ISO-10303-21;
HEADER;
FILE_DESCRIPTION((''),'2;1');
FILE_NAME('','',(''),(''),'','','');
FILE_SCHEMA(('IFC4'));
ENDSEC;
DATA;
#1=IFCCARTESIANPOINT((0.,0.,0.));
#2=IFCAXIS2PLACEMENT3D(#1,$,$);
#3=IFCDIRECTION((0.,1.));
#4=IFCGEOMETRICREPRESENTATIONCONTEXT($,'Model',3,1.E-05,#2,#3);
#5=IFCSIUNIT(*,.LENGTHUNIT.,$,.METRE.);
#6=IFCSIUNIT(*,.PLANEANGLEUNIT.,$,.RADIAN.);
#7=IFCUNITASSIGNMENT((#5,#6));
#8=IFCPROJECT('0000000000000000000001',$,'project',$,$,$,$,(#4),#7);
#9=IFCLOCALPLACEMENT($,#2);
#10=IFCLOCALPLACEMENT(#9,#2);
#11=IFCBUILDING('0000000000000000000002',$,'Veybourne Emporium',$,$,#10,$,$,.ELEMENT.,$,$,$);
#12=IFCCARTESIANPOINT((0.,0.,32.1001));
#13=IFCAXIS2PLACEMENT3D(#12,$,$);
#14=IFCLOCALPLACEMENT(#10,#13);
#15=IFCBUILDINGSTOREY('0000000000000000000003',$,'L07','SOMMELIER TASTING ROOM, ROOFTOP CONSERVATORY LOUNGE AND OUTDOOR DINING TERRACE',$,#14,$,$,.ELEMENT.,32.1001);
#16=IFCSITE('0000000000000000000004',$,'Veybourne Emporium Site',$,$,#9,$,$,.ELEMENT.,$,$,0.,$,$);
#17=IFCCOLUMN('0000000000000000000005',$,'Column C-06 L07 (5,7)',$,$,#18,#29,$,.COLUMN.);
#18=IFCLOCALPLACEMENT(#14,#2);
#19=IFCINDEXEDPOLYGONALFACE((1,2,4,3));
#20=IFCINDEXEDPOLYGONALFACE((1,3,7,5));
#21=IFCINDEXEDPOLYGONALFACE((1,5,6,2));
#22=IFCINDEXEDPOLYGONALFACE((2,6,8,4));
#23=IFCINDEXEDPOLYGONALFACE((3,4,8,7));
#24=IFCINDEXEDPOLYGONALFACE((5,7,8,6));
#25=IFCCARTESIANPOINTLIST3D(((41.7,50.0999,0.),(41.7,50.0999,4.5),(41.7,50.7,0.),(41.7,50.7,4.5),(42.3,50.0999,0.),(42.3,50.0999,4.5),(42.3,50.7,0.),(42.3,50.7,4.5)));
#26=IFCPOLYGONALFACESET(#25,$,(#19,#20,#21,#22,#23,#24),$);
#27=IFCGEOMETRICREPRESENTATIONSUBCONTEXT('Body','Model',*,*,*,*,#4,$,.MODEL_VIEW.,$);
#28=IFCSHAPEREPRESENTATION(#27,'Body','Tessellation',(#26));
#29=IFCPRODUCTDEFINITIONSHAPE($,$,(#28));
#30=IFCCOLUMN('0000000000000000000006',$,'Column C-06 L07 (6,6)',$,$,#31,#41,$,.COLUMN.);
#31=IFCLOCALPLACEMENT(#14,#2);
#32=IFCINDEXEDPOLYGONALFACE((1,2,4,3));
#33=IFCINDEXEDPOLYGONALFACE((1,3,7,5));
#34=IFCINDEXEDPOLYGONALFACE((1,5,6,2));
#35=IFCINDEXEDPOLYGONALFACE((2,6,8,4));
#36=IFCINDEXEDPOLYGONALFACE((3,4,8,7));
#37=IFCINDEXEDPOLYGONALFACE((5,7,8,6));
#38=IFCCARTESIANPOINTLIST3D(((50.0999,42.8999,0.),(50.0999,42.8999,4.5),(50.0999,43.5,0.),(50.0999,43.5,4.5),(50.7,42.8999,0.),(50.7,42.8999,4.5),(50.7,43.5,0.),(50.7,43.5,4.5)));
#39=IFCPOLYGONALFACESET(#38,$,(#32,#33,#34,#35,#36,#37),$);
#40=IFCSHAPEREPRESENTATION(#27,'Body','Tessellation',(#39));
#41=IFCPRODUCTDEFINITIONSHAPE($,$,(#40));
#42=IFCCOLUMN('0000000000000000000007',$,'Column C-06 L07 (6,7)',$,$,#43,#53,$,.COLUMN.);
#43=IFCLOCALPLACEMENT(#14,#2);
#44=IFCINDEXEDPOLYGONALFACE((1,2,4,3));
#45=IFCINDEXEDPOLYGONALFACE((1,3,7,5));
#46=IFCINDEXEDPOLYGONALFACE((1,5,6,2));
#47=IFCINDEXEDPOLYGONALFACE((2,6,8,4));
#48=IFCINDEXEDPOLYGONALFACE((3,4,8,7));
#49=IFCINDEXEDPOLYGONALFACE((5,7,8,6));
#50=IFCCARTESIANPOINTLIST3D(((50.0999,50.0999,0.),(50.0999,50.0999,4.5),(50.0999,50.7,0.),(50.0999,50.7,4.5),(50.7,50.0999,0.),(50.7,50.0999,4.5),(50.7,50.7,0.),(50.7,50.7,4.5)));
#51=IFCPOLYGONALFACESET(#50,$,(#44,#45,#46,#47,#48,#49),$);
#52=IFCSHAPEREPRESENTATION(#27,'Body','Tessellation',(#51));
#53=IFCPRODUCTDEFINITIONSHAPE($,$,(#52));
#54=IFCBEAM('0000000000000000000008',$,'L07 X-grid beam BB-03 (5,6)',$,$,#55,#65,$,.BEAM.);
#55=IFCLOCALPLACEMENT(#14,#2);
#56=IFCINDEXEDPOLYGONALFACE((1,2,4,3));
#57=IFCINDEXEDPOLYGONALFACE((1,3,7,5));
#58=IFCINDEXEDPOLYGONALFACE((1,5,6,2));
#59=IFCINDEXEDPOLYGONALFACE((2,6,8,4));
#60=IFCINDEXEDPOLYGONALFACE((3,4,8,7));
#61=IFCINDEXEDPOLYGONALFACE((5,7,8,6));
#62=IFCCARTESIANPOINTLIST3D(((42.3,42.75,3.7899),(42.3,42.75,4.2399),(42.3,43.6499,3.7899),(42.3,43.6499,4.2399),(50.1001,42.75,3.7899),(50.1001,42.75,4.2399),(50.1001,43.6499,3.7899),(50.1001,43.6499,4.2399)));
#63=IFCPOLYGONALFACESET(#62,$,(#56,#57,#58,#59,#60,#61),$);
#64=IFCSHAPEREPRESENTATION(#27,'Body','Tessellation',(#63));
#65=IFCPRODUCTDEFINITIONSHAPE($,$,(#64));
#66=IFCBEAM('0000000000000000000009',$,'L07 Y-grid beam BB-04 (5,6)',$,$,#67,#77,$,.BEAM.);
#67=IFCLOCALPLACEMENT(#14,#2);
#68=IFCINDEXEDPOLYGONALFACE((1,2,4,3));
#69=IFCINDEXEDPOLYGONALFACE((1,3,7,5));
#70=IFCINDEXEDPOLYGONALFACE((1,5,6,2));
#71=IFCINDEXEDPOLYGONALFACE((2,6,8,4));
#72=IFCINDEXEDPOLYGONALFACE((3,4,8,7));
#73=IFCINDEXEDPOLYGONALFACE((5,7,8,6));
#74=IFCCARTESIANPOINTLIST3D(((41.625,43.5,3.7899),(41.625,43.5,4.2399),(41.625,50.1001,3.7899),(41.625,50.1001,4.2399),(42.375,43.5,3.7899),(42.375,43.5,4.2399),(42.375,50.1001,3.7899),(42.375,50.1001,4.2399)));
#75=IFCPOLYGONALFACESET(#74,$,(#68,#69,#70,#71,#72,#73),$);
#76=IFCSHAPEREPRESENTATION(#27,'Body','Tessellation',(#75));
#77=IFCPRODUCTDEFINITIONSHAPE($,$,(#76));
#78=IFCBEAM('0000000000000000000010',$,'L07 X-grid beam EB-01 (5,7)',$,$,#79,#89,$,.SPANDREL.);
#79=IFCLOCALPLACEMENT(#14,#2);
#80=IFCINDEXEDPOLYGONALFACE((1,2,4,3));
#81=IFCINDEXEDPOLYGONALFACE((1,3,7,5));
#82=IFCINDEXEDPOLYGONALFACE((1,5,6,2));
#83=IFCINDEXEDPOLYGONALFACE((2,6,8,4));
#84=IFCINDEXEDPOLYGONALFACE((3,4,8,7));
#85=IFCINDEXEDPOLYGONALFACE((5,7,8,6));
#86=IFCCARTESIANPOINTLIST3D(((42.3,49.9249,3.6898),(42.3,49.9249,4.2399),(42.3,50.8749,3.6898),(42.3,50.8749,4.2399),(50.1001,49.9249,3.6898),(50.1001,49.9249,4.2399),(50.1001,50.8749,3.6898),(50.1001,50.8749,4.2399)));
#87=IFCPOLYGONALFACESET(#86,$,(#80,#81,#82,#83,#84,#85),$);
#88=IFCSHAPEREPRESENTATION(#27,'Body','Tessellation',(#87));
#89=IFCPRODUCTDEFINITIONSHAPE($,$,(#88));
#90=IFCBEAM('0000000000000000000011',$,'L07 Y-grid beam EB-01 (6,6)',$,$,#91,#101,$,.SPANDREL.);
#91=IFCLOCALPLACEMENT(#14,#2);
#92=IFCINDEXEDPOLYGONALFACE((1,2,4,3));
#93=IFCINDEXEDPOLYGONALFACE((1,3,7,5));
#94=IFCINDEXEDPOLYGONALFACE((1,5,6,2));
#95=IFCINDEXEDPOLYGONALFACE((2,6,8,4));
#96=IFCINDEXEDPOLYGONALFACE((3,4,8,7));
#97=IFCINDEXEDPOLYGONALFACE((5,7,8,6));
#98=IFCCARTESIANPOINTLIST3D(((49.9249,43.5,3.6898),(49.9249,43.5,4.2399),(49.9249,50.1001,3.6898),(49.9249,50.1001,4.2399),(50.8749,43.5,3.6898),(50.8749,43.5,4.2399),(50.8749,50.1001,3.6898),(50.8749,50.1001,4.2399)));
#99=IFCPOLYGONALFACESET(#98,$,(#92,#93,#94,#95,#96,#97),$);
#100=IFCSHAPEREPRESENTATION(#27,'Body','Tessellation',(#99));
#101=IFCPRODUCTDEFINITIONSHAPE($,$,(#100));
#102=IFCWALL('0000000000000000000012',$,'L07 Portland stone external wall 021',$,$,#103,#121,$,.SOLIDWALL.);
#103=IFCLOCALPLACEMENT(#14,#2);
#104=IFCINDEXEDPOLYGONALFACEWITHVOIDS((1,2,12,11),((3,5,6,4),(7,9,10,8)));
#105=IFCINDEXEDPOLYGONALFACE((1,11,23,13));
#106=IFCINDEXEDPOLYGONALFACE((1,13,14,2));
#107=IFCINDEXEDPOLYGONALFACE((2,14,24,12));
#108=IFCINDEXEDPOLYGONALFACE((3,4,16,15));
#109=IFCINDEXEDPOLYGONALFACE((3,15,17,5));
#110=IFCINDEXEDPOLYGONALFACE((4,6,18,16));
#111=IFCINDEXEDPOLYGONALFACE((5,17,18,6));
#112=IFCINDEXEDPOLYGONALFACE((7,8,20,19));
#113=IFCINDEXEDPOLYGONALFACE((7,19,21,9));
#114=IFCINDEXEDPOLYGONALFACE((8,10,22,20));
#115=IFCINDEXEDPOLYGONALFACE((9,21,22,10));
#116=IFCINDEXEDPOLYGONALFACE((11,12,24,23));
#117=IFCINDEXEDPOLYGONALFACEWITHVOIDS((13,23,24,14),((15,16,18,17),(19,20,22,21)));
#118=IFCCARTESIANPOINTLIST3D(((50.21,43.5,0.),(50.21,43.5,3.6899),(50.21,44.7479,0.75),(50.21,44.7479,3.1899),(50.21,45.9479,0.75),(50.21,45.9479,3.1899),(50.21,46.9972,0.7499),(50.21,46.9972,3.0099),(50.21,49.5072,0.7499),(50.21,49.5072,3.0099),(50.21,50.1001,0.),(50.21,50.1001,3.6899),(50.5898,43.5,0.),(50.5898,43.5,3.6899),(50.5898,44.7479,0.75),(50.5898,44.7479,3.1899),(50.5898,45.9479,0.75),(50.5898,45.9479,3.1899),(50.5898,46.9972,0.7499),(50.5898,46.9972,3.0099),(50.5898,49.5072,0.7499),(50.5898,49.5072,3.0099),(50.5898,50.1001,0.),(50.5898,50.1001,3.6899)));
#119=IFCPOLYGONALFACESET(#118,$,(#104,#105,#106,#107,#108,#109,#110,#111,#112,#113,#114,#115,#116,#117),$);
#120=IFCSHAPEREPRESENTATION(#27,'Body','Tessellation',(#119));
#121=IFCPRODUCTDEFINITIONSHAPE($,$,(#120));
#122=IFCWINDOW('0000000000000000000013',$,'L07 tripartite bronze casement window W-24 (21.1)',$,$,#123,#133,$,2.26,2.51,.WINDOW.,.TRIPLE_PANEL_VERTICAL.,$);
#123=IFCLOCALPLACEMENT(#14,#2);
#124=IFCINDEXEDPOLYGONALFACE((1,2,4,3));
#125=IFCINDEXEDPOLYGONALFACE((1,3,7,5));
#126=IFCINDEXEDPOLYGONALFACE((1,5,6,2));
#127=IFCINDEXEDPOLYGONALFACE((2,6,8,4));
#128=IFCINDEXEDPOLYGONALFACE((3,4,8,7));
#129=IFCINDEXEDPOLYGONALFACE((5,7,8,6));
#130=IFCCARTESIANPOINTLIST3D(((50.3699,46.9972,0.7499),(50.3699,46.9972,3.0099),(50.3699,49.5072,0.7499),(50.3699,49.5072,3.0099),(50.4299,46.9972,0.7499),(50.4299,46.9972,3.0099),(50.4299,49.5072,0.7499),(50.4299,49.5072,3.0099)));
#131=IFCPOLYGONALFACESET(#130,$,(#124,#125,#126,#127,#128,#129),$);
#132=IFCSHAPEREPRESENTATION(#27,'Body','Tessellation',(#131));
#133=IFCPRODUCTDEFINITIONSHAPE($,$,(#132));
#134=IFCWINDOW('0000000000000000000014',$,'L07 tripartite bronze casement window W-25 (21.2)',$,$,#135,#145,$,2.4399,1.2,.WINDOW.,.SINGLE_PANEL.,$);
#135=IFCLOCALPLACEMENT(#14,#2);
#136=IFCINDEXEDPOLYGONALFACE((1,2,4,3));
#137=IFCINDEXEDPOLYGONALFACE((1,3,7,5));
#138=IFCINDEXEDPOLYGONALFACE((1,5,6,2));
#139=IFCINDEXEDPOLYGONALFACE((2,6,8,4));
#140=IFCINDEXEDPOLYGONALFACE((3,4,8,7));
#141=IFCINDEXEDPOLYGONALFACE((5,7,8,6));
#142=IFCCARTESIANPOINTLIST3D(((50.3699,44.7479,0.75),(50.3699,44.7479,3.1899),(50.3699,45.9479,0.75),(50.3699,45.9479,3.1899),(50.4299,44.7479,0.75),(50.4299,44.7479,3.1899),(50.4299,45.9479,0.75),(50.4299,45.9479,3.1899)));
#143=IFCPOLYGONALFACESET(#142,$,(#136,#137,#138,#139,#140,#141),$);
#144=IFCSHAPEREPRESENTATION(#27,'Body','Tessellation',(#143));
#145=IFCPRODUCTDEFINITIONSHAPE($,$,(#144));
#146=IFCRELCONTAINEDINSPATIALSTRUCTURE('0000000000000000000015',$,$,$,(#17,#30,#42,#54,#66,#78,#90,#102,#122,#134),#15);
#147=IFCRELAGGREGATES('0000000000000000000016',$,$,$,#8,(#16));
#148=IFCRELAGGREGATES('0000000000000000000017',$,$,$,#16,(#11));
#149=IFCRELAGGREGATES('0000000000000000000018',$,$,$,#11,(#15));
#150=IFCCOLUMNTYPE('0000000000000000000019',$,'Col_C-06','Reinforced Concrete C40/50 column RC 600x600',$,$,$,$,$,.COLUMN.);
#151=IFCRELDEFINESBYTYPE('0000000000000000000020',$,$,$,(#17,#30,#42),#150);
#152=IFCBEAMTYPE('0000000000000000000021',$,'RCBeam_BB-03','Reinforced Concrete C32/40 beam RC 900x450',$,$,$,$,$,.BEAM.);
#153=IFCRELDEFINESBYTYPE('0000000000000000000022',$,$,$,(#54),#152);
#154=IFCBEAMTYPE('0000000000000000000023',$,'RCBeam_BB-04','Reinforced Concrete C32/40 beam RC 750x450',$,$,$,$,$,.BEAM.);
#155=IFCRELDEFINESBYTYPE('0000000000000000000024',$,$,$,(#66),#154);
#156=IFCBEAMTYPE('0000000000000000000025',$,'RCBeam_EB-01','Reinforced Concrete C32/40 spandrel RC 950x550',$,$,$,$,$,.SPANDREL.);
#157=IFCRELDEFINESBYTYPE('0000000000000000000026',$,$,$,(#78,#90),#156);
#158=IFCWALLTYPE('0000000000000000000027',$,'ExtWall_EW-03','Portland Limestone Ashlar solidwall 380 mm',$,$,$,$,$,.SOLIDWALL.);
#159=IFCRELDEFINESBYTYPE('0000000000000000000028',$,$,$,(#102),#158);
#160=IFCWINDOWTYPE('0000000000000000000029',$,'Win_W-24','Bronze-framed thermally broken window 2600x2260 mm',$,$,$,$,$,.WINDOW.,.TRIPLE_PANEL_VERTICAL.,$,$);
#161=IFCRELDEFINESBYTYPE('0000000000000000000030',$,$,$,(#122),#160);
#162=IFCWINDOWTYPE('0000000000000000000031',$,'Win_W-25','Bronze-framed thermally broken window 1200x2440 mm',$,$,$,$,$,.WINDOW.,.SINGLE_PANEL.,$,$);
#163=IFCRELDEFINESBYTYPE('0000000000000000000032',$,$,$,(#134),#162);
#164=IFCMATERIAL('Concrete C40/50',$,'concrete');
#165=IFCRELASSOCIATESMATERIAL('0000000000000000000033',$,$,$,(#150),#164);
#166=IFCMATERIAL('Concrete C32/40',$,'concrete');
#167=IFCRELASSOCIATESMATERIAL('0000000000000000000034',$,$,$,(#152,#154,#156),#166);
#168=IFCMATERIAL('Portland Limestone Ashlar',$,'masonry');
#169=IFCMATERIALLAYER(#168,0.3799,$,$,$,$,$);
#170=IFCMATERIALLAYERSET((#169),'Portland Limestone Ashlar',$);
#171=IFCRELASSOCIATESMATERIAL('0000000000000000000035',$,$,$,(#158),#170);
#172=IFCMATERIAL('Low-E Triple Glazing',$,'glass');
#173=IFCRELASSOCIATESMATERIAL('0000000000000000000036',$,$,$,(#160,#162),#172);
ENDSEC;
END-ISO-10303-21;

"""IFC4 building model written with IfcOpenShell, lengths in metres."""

from ifc_helpers import new_model, si_unit, direction, frame, frame_2d, origin, origin_2d, place, context, subcontext, project, spatial, rectangle, extrude, material, layer, layer_set, material_profile, profile_set, type_object, element, fill, save


model = new_model("IFC4")

# Units and contexts
model_context = context("Model", 3, precision=1e-05, world=origin(), true_north=direction((0.0, 1.0)))
body_context = subcontext(model_context, "Body", "Model", "MODEL_VIEW")
ifc_project = project(units=[si_unit("LENGTHUNIT", "METRE"), si_unit("PLANEANGLEUNIT", "RADIAN")], contexts=[model_context])

# Site, building, storey
site_placement = place(None, origin())
site = spatial("IfcSite", under=ifc_project, at=site_placement, Name="Veybourne Emporium Site", CompositionType="ELEMENT", RefElevation=0.0)
building_placement = place(site_placement, origin())
building = spatial("IfcBuilding", under=site, at=building_placement, Name="Veybourne Emporium", CompositionType="ELEMENT")
storey_placement = place(building_placement, frame((0.0, 0.0, 32.1001)))
storey = spatial("IfcBuildingStorey", under=building, at=storey_placement, Name="L07", Description="SOMMELIER TASTING ROOM, ROOFTOP CONSERVATORY LOUNGE AND OUTDOOR DINING TERRACE", CompositionType="ELEMENT", Elevation=32.1001)

# Columns
ifc_material_1 = material(Name="Concrete C40/50", Category="concrete")
ifc_material_profile_1 = material_profile(ifc_material_1, rectangle(XDim=0.6001, YDim=0.6001, at=origin_2d()), Name="RC 600x600")
ifc_profile_set_1 = profile_set([ifc_material_profile_1], Name="Concrete C40/50")
column_type = type_object("IfcColumnType", Name="Col_C-06", Description="Reinforced Concrete C40/50 column RC 600x600", PredefinedType="COLUMN", material=ifc_profile_set_1)
for number, where, z_axis, x_axis, name in (
    (1, (42.0, 50.3999, 0.0), (0.0, 0.0, 1.0), (1.0, 0.0, 0.0), "Column C-06 L07 (5,7)"),
    (2, (50.3999, 43.2, 0.0), (0.0, 0.0, 1.0), (1.0, 0.0, 0.0), "Column C-06 L07 (6,6)"),
    (3, (50.3999, 50.3999, 0.0), (0.0, 0.0, 1.0), (1.0, 0.0, 0.0), "Column C-06 L07 (6,7)"),
):
    element("IfcColumn", number, at=place(storey_placement, frame(where, z_axis=z_axis, x_axis=x_axis)), inside=storey, type_object=column_type, Name=name, PredefinedType="COLUMN", context=body_context, shape_type="SweptSolid", body=[
        extrude(rectangle(XDim=0.6001, YDim=0.6001, at=origin_2d()), origin(), (0.0, 0.0, 1.0), 4.5),
    ])

# Beams
ifc_material_2 = material(Name="Concrete C32/40", Category="concrete")
ifc_material_profile_2 = material_profile(ifc_material_2, rectangle(XDim=0.8999, YDim=0.45, at=origin_2d()), Name="RC 900x450")
ifc_profile_set_2 = profile_set([ifc_material_profile_2], Name="Concrete C32/40")
beam_type_1 = type_object("IfcBeamType", Name="RCBeam_BB-03", Description="Reinforced Concrete C32/40 beam RC 900x450", PredefinedType="BEAM", material=ifc_profile_set_2)
beam_1_placement = place(storey_placement, frame((42.3, 43.2, 4.0149), z_axis=(1.0, 0.0, 0.0), x_axis=(0.0, 1.0, 0.0)))
element("IfcBeam", 4, at=beam_1_placement, inside=storey, type_object=beam_type_1, Name="L07 X-grid beam BB-03 (5,6)", PredefinedType="BEAM", context=body_context, shape_type="SweptSolid", body=[
    extrude(rectangle(XDim=0.8999, YDim=0.45, at=origin_2d()), origin(), (0.0, 0.0, 1.0), 7.8),
])
ifc_material_profile_3 = material_profile(ifc_material_2, rectangle(XDim=0.75, YDim=0.45, at=origin_2d()), Name="RC 750x450")
ifc_profile_set_3 = profile_set([ifc_material_profile_3], Name="Concrete C32/40")
beam_type_2 = type_object("IfcBeamType", Name="RCBeam_BB-04", Description="Reinforced Concrete C32/40 beam RC 750x450", PredefinedType="BEAM", material=ifc_profile_set_3)
beam_2_placement = place(storey_placement, frame((42.0, 43.5, 4.0149), z_axis=(0.0, 1.0, 0.0), x_axis=(-1.0, 0.0, 0.0)))
element("IfcBeam", 5, at=beam_2_placement, inside=storey, type_object=beam_type_2, Name="L07 Y-grid beam BB-04 (5,6)", PredefinedType="BEAM", context=body_context, shape_type="SweptSolid", body=[
    extrude(rectangle(XDim=0.75, YDim=0.45, at=origin_2d()), origin(), (0.0, 0.0, 1.0), 6.6001),
])
ifc_material_profile_4 = material_profile(ifc_material_2, rectangle(XDim=0.95, YDim=0.55, at=origin_2d()), Name="RC 950x550")
ifc_profile_set_4 = profile_set([ifc_material_profile_4], Name="Concrete C32/40")
beam_type_3 = type_object("IfcBeamType", Name="RCBeam_EB-01", Description="Reinforced Concrete C32/40 spandrel RC 950x550", PredefinedType="SPANDREL", material=ifc_profile_set_4)
beam_3_placement = place(storey_placement, frame((42.3, 50.3999, 3.9648), z_axis=(1.0, 0.0, 0.0), x_axis=(0.0, 1.0, 0.0)))
element("IfcBeam", 6, at=beam_3_placement, inside=storey, type_object=beam_type_3, Name="L07 X-grid beam EB-01 (5,7)", PredefinedType="SPANDREL", context=body_context, shape_type="SweptSolid", body=[
    extrude(rectangle(XDim=0.95, YDim=0.55, at=origin_2d()), origin(), (0.0, 0.0, 1.0), 7.8),
])
beam_4_placement = place(storey_placement, frame((50.3999, 43.5, 3.9648), z_axis=(0.0, 1.0, 0.0), x_axis=(-1.0, 0.0, 0.0)))
element("IfcBeam", 7, at=beam_4_placement, inside=storey, type_object=beam_type_3, Name="L07 Y-grid beam EB-01 (6,6)", PredefinedType="SPANDREL", context=body_context, shape_type="SweptSolid", body=[
    extrude(rectangle(XDim=0.95, YDim=0.55, at=origin_2d()), origin(), (0.0, 0.0, 1.0), 6.6001),
])

# Wall, openings, windows
ifc_material_3 = material(Name="Portland Limestone Ashlar", Category="masonry")
ifc_layer_1 = layer(ifc_material_3, 0.3799)
ifc_layer_set_1 = layer_set([ifc_layer_1], Name="Portland Limestone Ashlar")
wall_type_1 = type_object("IfcWallType", Name="ExtWall_EW-03", Description="Portland Limestone Ashlar solidwall 380 mm", PredefinedType="SOLIDWALL", material=ifc_layer_set_1)
wall_1_placement = place(storey_placement, frame((50.3999, 50.1001, 0.0), z_axis=(0.0, 0.0, 1.0), x_axis=(0.0, -1.0, 0.0)))
wall_1 = element("IfcWall", 8, at=wall_1_placement, inside=storey, type_object=wall_type_1, Name="L07 Portland stone external wall 021", PredefinedType="SOLIDWALL", context=body_context, shape_type="SweptSolid", body=[
    extrude(rectangle(XDim=6.6001, YDim=0.3799, at=frame_2d((3.3, 0.0))), origin(), (0.0, 0.0, 1.0), 3.6899),
])
opening_1_placement = place(wall_1_placement, frame((0.593, 0.0, 0.75)))
opening_1 = element("IfcOpeningElement", 9, at=opening_1_placement, cuts=wall_1, PredefinedType="OPENING", context=body_context, shape_type="SweptSolid", body=[
    extrude(rectangle(XDim=2.51, YDim=2.26, at=frame_2d((1.2549, 1.1299))), frame((0.0, 0.21, 0.0), z_axis=(0.0, -1.0, 0.0), x_axis=(1.0, 0.0, 0.0)), (0.0, 0.0, 1.0), 0.4199),
])
opening_2_placement = place(wall_1_placement, frame((4.1521, 0.0, 0.75)))
opening_2 = element("IfcOpeningElement", 10, at=opening_2_placement, cuts=wall_1, PredefinedType="OPENING", context=body_context, shape_type="SweptSolid", body=[
    extrude(rectangle(XDim=1.2, YDim=2.4399, at=frame_2d((0.6001, 1.22))), frame((0.0, 0.21, 0.0), z_axis=(0.0, -1.0, 0.0), x_axis=(1.0, 0.0, 0.0)), (0.0, 0.0, 1.0), 0.4199),
])
ifc_material_4 = material(Name="Low-E Triple Glazing", Category="glass")
window_type_1 = type_object("IfcWindowType", Name="Win_W-24", Description="Bronze-framed thermally broken window 2600x2260 mm", PartitioningType="TRIPLE_PANEL_VERTICAL", PredefinedType="WINDOW", material=ifc_material_4)
window_1_placement = place(opening_1_placement, origin())
window_1 = element("IfcWindow", 11, at=window_1_placement, inside=storey, type_object=window_type_1, Name="L07 tripartite bronze casement window W-24 (21.1)", OverallHeight=2.26, OverallWidth=2.51, PartitioningType="TRIPLE_PANEL_VERTICAL", PredefinedType="WINDOW", context=body_context, shape_type="SweptSolid", body=[
    extrude(rectangle(XDim=2.51, YDim=2.26, at=frame_2d((1.2549, 1.1299))), frame((0.0, 0.03, 0.0), z_axis=(0.0, -1.0, 0.0), x_axis=(1.0, 0.0, 0.0)), (0.0, 0.0, 1.0), 0.0601),
])
fill(opening_1, window_1)
window_type_2 = type_object("IfcWindowType", Name="Win_W-25", Description="Bronze-framed thermally broken window 1200x2440 mm", PartitioningType="SINGLE_PANEL", PredefinedType="WINDOW", material=ifc_material_4)
window_2_placement = place(opening_2_placement, origin())
window_2 = element("IfcWindow", 12, at=window_2_placement, inside=storey, type_object=window_type_2, Name="L07 tripartite bronze casement window W-25 (21.2)", OverallHeight=2.4399, OverallWidth=1.2, PartitioningType="SINGLE_PANEL", PredefinedType="WINDOW", context=body_context, shape_type="SweptSolid", body=[
    extrude(rectangle(XDim=1.2, YDim=2.4399, at=frame_2d((0.6001, 1.22))), frame((0.0, 0.03, 0.0), z_axis=(0.0, -1.0, 0.0), x_axis=(1.0, 0.0, 0.0)), (0.0, 0.0, 1.0), 0.0601),
])
fill(opening_2, window_2)

save(model, "model.ifc")
